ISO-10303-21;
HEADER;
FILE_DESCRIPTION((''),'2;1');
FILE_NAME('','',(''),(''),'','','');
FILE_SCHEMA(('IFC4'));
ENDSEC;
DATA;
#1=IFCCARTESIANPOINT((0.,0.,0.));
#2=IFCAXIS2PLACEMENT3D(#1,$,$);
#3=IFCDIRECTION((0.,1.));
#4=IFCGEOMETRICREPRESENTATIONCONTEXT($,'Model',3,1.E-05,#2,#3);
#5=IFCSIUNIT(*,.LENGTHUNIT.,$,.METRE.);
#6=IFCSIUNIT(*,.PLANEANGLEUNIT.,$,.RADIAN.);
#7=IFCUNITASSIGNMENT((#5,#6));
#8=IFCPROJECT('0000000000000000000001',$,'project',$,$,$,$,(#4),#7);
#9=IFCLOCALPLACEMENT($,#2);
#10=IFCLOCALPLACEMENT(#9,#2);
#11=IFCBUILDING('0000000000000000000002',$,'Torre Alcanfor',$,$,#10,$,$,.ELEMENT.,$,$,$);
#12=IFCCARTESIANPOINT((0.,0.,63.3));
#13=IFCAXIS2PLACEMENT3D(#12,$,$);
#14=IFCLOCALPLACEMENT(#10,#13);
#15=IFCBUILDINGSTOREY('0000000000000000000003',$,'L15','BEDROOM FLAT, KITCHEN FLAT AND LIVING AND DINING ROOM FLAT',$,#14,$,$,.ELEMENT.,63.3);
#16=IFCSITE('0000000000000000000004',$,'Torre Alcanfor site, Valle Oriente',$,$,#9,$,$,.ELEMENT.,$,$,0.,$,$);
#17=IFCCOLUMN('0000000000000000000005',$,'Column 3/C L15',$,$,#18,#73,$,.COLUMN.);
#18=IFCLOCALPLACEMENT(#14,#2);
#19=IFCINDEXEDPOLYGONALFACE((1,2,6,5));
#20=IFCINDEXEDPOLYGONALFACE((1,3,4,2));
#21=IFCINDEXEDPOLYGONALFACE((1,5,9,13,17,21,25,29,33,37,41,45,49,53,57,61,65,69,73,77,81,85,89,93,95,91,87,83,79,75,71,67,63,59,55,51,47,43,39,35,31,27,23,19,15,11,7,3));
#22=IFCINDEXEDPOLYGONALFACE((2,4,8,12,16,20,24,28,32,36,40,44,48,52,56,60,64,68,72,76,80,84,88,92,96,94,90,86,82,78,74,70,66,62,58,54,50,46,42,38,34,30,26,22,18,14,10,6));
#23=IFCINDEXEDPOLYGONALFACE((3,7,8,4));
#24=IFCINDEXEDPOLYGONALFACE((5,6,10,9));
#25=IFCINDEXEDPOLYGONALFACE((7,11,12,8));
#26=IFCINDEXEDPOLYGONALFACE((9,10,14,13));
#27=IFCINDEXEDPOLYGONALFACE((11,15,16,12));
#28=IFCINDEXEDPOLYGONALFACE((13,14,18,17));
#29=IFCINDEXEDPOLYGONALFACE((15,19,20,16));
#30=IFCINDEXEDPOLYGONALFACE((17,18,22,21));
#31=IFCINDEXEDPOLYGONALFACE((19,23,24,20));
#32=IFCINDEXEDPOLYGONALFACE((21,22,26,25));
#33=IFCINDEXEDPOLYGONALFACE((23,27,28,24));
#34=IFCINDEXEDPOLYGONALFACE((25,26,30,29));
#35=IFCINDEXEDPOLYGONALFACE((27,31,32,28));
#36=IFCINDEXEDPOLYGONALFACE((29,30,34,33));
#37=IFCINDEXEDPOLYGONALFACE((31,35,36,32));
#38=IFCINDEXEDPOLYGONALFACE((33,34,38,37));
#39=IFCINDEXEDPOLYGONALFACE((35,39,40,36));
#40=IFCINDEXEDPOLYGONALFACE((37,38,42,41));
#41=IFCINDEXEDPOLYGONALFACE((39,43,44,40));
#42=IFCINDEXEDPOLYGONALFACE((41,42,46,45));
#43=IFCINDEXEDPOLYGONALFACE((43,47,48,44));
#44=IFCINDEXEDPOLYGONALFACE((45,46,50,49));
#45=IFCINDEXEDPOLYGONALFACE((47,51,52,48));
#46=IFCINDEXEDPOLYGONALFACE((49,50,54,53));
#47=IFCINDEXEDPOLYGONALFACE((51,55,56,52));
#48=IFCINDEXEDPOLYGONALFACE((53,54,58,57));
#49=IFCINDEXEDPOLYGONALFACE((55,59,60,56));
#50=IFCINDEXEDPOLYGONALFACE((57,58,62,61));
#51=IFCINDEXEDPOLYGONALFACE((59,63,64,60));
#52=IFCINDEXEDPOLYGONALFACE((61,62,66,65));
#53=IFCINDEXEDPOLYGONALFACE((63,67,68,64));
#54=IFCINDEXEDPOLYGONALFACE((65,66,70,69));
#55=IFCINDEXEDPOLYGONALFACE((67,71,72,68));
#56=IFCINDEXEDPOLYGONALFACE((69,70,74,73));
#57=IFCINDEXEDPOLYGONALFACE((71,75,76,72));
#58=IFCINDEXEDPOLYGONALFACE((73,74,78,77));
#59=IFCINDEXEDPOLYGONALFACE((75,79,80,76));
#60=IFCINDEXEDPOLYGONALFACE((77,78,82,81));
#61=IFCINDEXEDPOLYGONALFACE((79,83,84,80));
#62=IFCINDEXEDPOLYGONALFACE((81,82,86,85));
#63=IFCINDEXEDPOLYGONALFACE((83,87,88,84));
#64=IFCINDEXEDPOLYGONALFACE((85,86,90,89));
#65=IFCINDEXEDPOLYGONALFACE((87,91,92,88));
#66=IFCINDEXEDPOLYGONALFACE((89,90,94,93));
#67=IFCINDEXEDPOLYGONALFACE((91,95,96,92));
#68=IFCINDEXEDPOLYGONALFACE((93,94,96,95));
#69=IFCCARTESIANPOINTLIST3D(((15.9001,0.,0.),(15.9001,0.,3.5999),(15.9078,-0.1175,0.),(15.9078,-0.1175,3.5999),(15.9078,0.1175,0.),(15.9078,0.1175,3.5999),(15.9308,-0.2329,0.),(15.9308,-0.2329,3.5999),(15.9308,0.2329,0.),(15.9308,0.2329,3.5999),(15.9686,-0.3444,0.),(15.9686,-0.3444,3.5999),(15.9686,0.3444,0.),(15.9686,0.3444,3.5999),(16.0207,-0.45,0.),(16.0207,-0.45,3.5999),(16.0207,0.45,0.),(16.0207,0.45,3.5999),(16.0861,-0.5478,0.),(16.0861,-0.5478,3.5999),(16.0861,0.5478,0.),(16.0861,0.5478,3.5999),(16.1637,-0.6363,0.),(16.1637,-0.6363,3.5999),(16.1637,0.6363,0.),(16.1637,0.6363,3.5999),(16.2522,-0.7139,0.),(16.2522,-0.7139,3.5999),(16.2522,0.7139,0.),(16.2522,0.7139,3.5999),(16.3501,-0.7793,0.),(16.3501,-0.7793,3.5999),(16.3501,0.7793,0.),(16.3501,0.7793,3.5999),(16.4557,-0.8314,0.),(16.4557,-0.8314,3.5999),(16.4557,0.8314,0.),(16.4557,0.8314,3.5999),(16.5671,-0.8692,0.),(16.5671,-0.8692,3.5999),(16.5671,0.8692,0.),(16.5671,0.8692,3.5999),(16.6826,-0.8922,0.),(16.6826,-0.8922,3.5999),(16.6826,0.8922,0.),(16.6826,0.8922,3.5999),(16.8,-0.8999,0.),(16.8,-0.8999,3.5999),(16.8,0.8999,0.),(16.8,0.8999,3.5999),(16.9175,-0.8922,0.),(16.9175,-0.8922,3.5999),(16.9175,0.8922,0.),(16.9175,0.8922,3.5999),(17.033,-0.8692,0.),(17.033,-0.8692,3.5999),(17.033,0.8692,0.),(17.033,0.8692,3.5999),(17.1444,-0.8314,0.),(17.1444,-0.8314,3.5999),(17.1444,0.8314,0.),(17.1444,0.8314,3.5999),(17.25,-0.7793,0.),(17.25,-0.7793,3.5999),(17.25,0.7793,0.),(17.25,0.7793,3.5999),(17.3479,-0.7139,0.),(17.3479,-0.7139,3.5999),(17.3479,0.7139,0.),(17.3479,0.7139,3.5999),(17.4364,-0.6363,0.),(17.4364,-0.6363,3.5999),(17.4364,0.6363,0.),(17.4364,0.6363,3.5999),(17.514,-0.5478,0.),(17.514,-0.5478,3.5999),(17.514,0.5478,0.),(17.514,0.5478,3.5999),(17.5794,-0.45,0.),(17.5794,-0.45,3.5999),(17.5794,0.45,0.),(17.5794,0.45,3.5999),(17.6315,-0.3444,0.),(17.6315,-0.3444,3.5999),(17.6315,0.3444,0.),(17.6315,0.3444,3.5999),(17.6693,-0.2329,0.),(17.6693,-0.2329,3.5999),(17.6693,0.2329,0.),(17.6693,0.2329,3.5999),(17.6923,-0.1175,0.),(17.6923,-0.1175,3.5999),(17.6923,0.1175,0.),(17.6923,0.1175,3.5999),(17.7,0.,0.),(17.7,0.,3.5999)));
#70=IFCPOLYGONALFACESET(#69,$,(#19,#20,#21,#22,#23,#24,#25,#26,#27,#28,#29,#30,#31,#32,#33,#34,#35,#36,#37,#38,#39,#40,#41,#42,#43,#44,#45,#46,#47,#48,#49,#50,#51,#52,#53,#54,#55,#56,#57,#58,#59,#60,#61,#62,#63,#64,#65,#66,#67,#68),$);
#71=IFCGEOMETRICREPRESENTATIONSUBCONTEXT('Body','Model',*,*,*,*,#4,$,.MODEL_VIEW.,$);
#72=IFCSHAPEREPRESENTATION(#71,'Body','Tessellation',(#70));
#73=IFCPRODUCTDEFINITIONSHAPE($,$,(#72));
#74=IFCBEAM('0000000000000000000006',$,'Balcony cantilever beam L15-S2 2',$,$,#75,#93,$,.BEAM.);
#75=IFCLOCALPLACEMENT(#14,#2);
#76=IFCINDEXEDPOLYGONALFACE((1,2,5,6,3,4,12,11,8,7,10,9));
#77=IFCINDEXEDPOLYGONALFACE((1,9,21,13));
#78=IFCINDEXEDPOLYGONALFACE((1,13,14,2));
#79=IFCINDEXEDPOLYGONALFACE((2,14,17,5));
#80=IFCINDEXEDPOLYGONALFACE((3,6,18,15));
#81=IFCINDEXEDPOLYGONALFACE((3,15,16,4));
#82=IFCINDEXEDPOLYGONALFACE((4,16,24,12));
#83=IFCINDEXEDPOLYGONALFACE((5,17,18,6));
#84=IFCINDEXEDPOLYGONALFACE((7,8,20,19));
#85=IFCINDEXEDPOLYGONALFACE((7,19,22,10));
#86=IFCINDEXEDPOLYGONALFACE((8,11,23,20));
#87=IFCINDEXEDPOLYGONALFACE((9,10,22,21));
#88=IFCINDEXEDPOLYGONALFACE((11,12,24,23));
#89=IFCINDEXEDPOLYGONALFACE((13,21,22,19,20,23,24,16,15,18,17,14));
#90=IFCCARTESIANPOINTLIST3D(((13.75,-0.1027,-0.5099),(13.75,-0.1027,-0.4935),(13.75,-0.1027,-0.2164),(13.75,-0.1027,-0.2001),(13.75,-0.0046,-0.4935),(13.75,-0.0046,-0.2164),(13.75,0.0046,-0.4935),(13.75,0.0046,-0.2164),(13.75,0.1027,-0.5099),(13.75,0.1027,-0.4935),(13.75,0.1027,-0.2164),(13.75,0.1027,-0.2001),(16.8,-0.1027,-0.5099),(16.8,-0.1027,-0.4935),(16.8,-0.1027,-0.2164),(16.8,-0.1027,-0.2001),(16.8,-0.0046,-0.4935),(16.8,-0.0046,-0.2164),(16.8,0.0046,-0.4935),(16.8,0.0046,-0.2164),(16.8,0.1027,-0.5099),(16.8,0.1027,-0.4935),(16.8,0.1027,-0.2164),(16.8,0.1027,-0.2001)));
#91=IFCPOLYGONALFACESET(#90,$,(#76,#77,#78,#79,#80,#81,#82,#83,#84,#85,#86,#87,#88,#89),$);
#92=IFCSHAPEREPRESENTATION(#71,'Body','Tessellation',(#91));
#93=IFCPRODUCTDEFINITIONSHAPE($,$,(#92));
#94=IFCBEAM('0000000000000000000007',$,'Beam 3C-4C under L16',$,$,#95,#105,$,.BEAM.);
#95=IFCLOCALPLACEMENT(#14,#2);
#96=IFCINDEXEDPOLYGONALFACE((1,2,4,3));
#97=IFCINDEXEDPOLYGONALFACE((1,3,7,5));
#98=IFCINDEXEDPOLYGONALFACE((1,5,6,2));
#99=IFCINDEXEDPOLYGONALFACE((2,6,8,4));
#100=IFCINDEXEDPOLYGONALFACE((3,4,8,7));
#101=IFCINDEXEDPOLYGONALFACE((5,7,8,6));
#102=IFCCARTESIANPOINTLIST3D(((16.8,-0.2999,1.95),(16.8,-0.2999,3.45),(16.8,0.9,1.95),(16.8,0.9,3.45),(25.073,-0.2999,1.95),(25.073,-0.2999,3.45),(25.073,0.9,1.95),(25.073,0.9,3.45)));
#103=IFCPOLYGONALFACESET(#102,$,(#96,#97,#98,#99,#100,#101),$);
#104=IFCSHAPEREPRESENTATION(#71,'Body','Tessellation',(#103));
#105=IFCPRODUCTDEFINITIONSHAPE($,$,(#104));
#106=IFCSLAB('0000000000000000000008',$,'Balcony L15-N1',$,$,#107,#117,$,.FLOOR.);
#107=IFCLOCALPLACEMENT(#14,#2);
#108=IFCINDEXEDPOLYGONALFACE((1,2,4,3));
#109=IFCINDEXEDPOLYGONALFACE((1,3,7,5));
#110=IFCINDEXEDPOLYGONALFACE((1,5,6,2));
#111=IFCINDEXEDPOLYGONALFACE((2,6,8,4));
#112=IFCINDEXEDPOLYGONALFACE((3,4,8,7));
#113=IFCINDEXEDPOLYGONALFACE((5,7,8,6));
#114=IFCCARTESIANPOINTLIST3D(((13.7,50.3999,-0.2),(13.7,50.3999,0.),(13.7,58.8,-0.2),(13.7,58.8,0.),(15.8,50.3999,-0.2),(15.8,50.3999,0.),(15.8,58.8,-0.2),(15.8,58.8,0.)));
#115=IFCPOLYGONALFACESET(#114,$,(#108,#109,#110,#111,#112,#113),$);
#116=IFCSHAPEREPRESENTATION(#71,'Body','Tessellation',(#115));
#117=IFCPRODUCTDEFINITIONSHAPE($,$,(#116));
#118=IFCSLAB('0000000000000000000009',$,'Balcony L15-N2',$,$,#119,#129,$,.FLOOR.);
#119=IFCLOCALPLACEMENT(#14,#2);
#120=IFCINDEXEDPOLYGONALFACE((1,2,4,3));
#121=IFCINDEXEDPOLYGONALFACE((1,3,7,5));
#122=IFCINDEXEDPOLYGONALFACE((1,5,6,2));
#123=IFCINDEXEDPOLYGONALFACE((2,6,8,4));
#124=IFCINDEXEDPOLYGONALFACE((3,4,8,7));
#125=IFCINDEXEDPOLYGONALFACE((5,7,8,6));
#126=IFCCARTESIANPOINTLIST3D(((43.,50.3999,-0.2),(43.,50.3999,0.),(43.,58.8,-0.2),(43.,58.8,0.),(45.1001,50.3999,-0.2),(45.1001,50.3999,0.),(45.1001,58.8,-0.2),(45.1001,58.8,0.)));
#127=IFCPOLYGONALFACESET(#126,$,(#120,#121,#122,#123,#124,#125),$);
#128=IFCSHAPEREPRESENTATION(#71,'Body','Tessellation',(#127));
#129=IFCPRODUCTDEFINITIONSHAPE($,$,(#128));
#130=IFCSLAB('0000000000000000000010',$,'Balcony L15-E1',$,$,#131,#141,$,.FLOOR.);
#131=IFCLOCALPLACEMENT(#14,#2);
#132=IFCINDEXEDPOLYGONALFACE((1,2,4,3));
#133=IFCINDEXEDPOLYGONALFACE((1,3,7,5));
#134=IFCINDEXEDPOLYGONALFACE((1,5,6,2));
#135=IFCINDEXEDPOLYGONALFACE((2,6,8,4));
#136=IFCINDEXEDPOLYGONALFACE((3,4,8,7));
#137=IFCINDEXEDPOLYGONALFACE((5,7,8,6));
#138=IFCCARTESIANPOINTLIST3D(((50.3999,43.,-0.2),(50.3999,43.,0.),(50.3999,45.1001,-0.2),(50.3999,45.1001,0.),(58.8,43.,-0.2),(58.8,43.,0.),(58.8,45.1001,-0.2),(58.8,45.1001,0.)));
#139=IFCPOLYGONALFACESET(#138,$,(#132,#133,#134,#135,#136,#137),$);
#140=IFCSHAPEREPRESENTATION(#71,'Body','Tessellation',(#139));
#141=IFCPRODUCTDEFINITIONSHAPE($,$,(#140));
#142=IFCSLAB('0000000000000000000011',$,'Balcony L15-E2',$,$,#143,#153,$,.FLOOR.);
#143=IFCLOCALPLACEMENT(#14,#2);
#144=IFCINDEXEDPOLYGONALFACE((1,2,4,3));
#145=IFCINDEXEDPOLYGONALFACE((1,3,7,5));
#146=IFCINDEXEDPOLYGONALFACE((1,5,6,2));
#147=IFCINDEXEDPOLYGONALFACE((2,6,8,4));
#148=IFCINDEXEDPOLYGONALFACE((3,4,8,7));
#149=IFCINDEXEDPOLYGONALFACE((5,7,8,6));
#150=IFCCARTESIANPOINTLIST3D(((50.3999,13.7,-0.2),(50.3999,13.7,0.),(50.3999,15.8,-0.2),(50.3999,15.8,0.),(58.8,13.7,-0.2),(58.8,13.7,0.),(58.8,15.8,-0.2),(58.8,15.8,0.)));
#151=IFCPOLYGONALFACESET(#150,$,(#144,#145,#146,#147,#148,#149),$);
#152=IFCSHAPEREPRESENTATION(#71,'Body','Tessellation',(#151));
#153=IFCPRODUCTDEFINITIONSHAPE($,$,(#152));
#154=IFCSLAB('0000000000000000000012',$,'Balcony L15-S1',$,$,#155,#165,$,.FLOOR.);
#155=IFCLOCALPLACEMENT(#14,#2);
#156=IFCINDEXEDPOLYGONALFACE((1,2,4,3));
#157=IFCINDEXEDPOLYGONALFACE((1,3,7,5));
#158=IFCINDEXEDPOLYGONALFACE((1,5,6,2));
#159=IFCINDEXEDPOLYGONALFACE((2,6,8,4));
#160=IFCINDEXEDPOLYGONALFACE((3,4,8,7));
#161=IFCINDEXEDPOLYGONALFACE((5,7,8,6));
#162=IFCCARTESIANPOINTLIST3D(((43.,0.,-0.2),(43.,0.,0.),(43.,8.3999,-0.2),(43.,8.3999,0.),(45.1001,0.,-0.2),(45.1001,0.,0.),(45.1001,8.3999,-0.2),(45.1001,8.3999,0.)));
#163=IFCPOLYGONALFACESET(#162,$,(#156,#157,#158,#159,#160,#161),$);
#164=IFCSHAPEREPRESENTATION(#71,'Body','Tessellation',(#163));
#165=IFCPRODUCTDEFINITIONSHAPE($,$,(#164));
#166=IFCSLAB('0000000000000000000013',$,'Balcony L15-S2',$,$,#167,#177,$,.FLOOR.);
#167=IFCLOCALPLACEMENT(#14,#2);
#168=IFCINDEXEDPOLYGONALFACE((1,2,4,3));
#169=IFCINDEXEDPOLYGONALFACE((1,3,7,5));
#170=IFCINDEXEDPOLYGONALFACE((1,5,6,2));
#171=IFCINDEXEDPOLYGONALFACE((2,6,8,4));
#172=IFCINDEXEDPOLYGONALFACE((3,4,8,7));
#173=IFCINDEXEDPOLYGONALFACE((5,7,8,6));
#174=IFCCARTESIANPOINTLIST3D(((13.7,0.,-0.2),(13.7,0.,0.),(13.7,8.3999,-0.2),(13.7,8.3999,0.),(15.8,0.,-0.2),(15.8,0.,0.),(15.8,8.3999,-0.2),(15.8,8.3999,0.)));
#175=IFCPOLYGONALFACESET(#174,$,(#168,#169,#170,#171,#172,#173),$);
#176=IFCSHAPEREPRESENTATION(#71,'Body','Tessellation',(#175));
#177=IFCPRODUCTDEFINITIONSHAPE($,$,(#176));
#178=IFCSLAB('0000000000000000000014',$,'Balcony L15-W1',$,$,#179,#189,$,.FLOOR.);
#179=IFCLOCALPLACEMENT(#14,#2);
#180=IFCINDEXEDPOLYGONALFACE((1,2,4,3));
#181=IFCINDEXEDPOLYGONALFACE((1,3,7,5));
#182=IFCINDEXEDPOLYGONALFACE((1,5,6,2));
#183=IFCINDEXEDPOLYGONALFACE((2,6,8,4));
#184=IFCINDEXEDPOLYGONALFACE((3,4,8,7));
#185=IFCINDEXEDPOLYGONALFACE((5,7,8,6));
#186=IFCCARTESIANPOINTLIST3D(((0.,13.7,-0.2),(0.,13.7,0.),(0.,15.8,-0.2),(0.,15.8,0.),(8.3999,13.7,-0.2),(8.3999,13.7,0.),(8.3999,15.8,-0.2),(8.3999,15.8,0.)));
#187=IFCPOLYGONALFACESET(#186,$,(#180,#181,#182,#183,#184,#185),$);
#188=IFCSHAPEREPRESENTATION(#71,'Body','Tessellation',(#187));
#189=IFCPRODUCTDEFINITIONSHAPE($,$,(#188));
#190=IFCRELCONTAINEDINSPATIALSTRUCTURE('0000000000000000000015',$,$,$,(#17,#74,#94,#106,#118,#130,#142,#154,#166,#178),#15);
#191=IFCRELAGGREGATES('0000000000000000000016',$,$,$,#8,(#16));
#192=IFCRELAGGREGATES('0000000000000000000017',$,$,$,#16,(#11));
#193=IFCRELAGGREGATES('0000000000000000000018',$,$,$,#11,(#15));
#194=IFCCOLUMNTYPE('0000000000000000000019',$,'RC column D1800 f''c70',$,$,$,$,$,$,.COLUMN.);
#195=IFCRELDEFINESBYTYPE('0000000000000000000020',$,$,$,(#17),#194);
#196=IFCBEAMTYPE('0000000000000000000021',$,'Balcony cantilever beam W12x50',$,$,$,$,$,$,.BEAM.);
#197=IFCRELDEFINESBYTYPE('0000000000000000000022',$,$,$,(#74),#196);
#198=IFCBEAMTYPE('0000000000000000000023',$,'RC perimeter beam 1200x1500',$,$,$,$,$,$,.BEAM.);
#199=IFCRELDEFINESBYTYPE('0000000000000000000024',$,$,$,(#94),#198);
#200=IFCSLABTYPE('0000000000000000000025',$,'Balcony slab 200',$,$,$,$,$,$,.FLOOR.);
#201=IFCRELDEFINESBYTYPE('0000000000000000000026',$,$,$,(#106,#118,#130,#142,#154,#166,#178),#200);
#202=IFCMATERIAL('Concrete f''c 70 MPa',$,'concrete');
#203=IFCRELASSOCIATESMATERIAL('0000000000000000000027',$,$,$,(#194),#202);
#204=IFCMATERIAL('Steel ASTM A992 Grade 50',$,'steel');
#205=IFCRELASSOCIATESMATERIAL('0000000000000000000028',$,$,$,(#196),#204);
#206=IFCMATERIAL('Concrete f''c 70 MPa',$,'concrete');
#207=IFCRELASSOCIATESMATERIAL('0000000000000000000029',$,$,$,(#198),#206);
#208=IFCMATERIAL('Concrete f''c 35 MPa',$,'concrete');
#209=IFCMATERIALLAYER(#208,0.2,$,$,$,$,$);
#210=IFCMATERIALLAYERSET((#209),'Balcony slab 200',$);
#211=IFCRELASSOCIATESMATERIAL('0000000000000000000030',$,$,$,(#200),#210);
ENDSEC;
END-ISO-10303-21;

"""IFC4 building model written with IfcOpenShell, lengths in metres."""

from ifc_helpers import new_model, si_unit, direction, frame, origin, origin_2d, place, context, subcontext, project, spatial, polyline, rectangle, circle, i_section, outline, extrude, material, layer, layer_set, material_profile, profile_set, type_object, element, save


model = new_model("IFC4")

# Units and contexts
model_context = context("Model", 3, precision=1e-05, world=origin(), true_north=direction((0.0, 1.0)))
body_context = subcontext(model_context, "Body", "Model", "MODEL_VIEW")
ifc_project = project(units=[si_unit("LENGTHUNIT", "METRE"), si_unit("PLANEANGLEUNIT", "RADIAN")], contexts=[model_context])

# Site, building, storey
site_placement = place(None, origin())
site = spatial("IfcSite", under=ifc_project, at=site_placement, Name="Torre Alcanfor site, Valle Oriente", CompositionType="ELEMENT", RefElevation=0.0)
building_placement = place(site_placement, origin())
building = spatial("IfcBuilding", under=site, at=building_placement, Name="Torre Alcanfor", CompositionType="ELEMENT")
storey_placement = place(building_placement, frame((0.0, 0.0, 63.3)))
storey = spatial("IfcBuildingStorey", under=building, at=storey_placement, Name="L15", Description="BEDROOM FLAT, KITCHEN FLAT AND LIVING AND DINING ROOM FLAT", CompositionType="ELEMENT", Elevation=63.3)

# Column
ifc_material_1 = material(Name="Concrete f'c 70 MPa", Category="concrete")
ifc_material_profile_1 = material_profile(ifc_material_1, circle(Radius=0.8999, at=origin_2d()), Name="D1800")
ifc_profile_set_1 = profile_set([ifc_material_profile_1], Name="Concrete f'c 70 MPa")
column_type = type_object("IfcColumnType", Name="RC column D1800 f'c70", PredefinedType="COLUMN", material=ifc_profile_set_1)
column_placement = place(storey_placement, frame((16.8, 0.0, 0.0), z_axis=(0.0, 0.0, 1.0), x_axis=(1.0, 0.0, 0.0)))
element("IfcColumn", 1, at=column_placement, inside=storey, type_object=column_type, Name="Column 3/C L15", PredefinedType="COLUMN", context=body_context, shape_type="SweptSolid", body=[
    extrude(circle(Radius=0.8999, at=origin_2d()), origin(), (0.0, 0.0, 1.0), 3.5999),
])

# Beams
ifc_material_2 = material(Name="Steel ASTM A992 Grade 50", Category="steel")
ifc_material_profile_2 = material_profile(ifc_material_2, i_section(OverallWidth=0.2053, OverallDepth=0.3098, WebThickness=0.0093, FlangeThickness=0.0164, at=origin_2d()), Name="W12x50")
ifc_profile_set_2 = profile_set([ifc_material_profile_2], Name="Steel ASTM A992 Grade 50")
beam_type_1 = type_object("IfcBeamType", Name="Balcony cantilever beam W12x50", PredefinedType="BEAM", material=ifc_profile_set_2)
beam_1_placement = place(storey_placement, frame((16.8, 0.0, -0.355), z_axis=(-1.0, 0.0, 0.0), x_axis=(0.0, -1.0, 0.0)))
element("IfcBeam", 2, at=beam_1_placement, inside=storey, type_object=beam_type_1, Name="Balcony cantilever beam L15-S2 2", PredefinedType="BEAM", context=body_context, shape_type="SweptSolid", body=[
    extrude(i_section(OverallWidth=0.2053, OverallDepth=0.3098, WebThickness=0.0093, FlangeThickness=0.0164, at=origin_2d()), origin(), (0.0, 0.0, 1.0), 3.05),
])
ifc_material_3 = material(Name="Concrete f'c 70 MPa", Category="concrete")
ifc_material_profile_3 = material_profile(ifc_material_3, rectangle(XDim=1.2, YDim=1.5, at=origin_2d()), Name="1200x1500")
ifc_profile_set_3 = profile_set([ifc_material_profile_3], Name="Concrete f'c 70 MPa")
beam_type_2 = type_object("IfcBeamType", Name="RC perimeter beam 1200x1500", PredefinedType="BEAM", material=ifc_profile_set_3)
beam_2_placement = place(storey_placement, frame((16.8, 0.3, 2.7), z_axis=(1.0, 0.0, 0.0), x_axis=(0.0, 1.0, 0.0)))
element("IfcBeam", 3, at=beam_2_placement, inside=storey, type_object=beam_type_2, Name="Beam 3C-4C under L16", PredefinedType="BEAM", context=body_context, shape_type="SweptSolid", body=[
    extrude(rectangle(XDim=1.2, YDim=1.5, at=origin_2d()), origin(), (0.0, 0.0, 1.0), 8.2729),
])

# Slabs
ifc_material_4 = material(Name="Concrete f'c 35 MPa", Category="concrete")
ifc_layer_1 = layer(ifc_material_4, 0.2)
ifc_layer_set_1 = layer_set([ifc_layer_1], Name="Balcony slab 200")
slab_type_1 = type_object("IfcSlabType", Name="Balcony slab 200", PredefinedType="FLOOR", material=ifc_layer_set_1)
slab_1_placement = place(storey_placement, frame((0.0, 0.0, -0.2)))
element("IfcSlab", 4, at=slab_1_placement, inside=storey, type_object=slab_type_1, Name="Balcony L15-N1", PredefinedType="FLOOR", context=body_context, shape_type="SweptSolid", body=[
    extrude(outline(polyline([(15.8, 50.3999), (15.8, 58.8), (13.7, 58.8), (13.7, 50.3999), (15.8, 50.3999)])), origin(), (0.0, 0.0, 1.0), 0.2),
])
slab_2_placement = place(storey_placement, frame((0.0, 0.0, -0.2)))
element("IfcSlab", 5, at=slab_2_placement, inside=storey, type_object=slab_type_1, Name="Balcony L15-N2", PredefinedType="FLOOR", context=body_context, shape_type="SweptSolid", body=[
    extrude(outline(polyline([(45.1001, 50.3999), (45.1001, 58.8), (43.0, 58.8), (43.0, 50.3999), (45.1001, 50.3999)])), origin(), (0.0, 0.0, 1.0), 0.2),
])
slab_3_placement = place(storey_placement, frame((0.0, 0.0, -0.2)))
element("IfcSlab", 6, at=slab_3_placement, inside=storey, type_object=slab_type_1, Name="Balcony L15-E1", PredefinedType="FLOOR", context=body_context, shape_type="SweptSolid", body=[
    extrude(outline(polyline([(50.3999, 43.0), (58.8, 43.0), (58.8, 45.1001), (50.3999, 45.1001), (50.3999, 43.0)])), origin(), (0.0, 0.0, 1.0), 0.2),
])
slab_4_placement = place(storey_placement, frame((0.0, 0.0, -0.2)))
element("IfcSlab", 7, at=slab_4_placement, inside=storey, type_object=slab_type_1, Name="Balcony L15-E2", PredefinedType="FLOOR", context=body_context, shape_type="SweptSolid", body=[
    extrude(outline(polyline([(50.3999, 13.7), (58.8, 13.7), (58.8, 15.8), (50.3999, 15.8), (50.3999, 13.7)])), origin(), (0.0, 0.0, 1.0), 0.2),
])
slab_5_placement = place(storey_placement, frame((0.0, 0.0, -0.2)))
element("IfcSlab", 8, at=slab_5_placement, inside=storey, type_object=slab_type_1, Name="Balcony L15-S1", PredefinedType="FLOOR", context=body_context, shape_type="SweptSolid", body=[
    extrude(outline(polyline([(43.0, 8.3999), (43.0, 0.0), (45.1001, 0.0), (45.1001, 8.3999), (43.0, 8.3999)])), origin(), (0.0, 0.0, 1.0), 0.2),
])
slab_6_placement = place(storey_placement, frame((0.0, 0.0, -0.2)))
element("IfcSlab", 9, at=slab_6_placement, inside=storey, type_object=slab_type_1, Name="Balcony L15-S2", PredefinedType="FLOOR", context=body_context, shape_type="SweptSolid", body=[
    extrude(outline(polyline([(13.7, 8.3999), (13.7, 0.0), (15.8, 0.0), (15.8, 8.3999), (13.7, 8.3999)])), origin(), (0.0, 0.0, 1.0), 0.2),
])
slab_7_placement = place(storey_placement, frame((0.0, 0.0, -0.2)))
element("IfcSlab", 10, at=slab_7_placement, inside=storey, type_object=slab_type_1, Name="Balcony L15-W1", PredefinedType="FLOOR", context=body_context, shape_type="SweptSolid", body=[
    extrude(outline(polyline([(8.3999, 15.8), (0.0, 15.8), (0.0, 13.7), (8.3999, 13.7), (8.3999, 15.8)])), origin(), (0.0, 0.0, 1.0), 0.2),
])

save(model, "model.ifc")
